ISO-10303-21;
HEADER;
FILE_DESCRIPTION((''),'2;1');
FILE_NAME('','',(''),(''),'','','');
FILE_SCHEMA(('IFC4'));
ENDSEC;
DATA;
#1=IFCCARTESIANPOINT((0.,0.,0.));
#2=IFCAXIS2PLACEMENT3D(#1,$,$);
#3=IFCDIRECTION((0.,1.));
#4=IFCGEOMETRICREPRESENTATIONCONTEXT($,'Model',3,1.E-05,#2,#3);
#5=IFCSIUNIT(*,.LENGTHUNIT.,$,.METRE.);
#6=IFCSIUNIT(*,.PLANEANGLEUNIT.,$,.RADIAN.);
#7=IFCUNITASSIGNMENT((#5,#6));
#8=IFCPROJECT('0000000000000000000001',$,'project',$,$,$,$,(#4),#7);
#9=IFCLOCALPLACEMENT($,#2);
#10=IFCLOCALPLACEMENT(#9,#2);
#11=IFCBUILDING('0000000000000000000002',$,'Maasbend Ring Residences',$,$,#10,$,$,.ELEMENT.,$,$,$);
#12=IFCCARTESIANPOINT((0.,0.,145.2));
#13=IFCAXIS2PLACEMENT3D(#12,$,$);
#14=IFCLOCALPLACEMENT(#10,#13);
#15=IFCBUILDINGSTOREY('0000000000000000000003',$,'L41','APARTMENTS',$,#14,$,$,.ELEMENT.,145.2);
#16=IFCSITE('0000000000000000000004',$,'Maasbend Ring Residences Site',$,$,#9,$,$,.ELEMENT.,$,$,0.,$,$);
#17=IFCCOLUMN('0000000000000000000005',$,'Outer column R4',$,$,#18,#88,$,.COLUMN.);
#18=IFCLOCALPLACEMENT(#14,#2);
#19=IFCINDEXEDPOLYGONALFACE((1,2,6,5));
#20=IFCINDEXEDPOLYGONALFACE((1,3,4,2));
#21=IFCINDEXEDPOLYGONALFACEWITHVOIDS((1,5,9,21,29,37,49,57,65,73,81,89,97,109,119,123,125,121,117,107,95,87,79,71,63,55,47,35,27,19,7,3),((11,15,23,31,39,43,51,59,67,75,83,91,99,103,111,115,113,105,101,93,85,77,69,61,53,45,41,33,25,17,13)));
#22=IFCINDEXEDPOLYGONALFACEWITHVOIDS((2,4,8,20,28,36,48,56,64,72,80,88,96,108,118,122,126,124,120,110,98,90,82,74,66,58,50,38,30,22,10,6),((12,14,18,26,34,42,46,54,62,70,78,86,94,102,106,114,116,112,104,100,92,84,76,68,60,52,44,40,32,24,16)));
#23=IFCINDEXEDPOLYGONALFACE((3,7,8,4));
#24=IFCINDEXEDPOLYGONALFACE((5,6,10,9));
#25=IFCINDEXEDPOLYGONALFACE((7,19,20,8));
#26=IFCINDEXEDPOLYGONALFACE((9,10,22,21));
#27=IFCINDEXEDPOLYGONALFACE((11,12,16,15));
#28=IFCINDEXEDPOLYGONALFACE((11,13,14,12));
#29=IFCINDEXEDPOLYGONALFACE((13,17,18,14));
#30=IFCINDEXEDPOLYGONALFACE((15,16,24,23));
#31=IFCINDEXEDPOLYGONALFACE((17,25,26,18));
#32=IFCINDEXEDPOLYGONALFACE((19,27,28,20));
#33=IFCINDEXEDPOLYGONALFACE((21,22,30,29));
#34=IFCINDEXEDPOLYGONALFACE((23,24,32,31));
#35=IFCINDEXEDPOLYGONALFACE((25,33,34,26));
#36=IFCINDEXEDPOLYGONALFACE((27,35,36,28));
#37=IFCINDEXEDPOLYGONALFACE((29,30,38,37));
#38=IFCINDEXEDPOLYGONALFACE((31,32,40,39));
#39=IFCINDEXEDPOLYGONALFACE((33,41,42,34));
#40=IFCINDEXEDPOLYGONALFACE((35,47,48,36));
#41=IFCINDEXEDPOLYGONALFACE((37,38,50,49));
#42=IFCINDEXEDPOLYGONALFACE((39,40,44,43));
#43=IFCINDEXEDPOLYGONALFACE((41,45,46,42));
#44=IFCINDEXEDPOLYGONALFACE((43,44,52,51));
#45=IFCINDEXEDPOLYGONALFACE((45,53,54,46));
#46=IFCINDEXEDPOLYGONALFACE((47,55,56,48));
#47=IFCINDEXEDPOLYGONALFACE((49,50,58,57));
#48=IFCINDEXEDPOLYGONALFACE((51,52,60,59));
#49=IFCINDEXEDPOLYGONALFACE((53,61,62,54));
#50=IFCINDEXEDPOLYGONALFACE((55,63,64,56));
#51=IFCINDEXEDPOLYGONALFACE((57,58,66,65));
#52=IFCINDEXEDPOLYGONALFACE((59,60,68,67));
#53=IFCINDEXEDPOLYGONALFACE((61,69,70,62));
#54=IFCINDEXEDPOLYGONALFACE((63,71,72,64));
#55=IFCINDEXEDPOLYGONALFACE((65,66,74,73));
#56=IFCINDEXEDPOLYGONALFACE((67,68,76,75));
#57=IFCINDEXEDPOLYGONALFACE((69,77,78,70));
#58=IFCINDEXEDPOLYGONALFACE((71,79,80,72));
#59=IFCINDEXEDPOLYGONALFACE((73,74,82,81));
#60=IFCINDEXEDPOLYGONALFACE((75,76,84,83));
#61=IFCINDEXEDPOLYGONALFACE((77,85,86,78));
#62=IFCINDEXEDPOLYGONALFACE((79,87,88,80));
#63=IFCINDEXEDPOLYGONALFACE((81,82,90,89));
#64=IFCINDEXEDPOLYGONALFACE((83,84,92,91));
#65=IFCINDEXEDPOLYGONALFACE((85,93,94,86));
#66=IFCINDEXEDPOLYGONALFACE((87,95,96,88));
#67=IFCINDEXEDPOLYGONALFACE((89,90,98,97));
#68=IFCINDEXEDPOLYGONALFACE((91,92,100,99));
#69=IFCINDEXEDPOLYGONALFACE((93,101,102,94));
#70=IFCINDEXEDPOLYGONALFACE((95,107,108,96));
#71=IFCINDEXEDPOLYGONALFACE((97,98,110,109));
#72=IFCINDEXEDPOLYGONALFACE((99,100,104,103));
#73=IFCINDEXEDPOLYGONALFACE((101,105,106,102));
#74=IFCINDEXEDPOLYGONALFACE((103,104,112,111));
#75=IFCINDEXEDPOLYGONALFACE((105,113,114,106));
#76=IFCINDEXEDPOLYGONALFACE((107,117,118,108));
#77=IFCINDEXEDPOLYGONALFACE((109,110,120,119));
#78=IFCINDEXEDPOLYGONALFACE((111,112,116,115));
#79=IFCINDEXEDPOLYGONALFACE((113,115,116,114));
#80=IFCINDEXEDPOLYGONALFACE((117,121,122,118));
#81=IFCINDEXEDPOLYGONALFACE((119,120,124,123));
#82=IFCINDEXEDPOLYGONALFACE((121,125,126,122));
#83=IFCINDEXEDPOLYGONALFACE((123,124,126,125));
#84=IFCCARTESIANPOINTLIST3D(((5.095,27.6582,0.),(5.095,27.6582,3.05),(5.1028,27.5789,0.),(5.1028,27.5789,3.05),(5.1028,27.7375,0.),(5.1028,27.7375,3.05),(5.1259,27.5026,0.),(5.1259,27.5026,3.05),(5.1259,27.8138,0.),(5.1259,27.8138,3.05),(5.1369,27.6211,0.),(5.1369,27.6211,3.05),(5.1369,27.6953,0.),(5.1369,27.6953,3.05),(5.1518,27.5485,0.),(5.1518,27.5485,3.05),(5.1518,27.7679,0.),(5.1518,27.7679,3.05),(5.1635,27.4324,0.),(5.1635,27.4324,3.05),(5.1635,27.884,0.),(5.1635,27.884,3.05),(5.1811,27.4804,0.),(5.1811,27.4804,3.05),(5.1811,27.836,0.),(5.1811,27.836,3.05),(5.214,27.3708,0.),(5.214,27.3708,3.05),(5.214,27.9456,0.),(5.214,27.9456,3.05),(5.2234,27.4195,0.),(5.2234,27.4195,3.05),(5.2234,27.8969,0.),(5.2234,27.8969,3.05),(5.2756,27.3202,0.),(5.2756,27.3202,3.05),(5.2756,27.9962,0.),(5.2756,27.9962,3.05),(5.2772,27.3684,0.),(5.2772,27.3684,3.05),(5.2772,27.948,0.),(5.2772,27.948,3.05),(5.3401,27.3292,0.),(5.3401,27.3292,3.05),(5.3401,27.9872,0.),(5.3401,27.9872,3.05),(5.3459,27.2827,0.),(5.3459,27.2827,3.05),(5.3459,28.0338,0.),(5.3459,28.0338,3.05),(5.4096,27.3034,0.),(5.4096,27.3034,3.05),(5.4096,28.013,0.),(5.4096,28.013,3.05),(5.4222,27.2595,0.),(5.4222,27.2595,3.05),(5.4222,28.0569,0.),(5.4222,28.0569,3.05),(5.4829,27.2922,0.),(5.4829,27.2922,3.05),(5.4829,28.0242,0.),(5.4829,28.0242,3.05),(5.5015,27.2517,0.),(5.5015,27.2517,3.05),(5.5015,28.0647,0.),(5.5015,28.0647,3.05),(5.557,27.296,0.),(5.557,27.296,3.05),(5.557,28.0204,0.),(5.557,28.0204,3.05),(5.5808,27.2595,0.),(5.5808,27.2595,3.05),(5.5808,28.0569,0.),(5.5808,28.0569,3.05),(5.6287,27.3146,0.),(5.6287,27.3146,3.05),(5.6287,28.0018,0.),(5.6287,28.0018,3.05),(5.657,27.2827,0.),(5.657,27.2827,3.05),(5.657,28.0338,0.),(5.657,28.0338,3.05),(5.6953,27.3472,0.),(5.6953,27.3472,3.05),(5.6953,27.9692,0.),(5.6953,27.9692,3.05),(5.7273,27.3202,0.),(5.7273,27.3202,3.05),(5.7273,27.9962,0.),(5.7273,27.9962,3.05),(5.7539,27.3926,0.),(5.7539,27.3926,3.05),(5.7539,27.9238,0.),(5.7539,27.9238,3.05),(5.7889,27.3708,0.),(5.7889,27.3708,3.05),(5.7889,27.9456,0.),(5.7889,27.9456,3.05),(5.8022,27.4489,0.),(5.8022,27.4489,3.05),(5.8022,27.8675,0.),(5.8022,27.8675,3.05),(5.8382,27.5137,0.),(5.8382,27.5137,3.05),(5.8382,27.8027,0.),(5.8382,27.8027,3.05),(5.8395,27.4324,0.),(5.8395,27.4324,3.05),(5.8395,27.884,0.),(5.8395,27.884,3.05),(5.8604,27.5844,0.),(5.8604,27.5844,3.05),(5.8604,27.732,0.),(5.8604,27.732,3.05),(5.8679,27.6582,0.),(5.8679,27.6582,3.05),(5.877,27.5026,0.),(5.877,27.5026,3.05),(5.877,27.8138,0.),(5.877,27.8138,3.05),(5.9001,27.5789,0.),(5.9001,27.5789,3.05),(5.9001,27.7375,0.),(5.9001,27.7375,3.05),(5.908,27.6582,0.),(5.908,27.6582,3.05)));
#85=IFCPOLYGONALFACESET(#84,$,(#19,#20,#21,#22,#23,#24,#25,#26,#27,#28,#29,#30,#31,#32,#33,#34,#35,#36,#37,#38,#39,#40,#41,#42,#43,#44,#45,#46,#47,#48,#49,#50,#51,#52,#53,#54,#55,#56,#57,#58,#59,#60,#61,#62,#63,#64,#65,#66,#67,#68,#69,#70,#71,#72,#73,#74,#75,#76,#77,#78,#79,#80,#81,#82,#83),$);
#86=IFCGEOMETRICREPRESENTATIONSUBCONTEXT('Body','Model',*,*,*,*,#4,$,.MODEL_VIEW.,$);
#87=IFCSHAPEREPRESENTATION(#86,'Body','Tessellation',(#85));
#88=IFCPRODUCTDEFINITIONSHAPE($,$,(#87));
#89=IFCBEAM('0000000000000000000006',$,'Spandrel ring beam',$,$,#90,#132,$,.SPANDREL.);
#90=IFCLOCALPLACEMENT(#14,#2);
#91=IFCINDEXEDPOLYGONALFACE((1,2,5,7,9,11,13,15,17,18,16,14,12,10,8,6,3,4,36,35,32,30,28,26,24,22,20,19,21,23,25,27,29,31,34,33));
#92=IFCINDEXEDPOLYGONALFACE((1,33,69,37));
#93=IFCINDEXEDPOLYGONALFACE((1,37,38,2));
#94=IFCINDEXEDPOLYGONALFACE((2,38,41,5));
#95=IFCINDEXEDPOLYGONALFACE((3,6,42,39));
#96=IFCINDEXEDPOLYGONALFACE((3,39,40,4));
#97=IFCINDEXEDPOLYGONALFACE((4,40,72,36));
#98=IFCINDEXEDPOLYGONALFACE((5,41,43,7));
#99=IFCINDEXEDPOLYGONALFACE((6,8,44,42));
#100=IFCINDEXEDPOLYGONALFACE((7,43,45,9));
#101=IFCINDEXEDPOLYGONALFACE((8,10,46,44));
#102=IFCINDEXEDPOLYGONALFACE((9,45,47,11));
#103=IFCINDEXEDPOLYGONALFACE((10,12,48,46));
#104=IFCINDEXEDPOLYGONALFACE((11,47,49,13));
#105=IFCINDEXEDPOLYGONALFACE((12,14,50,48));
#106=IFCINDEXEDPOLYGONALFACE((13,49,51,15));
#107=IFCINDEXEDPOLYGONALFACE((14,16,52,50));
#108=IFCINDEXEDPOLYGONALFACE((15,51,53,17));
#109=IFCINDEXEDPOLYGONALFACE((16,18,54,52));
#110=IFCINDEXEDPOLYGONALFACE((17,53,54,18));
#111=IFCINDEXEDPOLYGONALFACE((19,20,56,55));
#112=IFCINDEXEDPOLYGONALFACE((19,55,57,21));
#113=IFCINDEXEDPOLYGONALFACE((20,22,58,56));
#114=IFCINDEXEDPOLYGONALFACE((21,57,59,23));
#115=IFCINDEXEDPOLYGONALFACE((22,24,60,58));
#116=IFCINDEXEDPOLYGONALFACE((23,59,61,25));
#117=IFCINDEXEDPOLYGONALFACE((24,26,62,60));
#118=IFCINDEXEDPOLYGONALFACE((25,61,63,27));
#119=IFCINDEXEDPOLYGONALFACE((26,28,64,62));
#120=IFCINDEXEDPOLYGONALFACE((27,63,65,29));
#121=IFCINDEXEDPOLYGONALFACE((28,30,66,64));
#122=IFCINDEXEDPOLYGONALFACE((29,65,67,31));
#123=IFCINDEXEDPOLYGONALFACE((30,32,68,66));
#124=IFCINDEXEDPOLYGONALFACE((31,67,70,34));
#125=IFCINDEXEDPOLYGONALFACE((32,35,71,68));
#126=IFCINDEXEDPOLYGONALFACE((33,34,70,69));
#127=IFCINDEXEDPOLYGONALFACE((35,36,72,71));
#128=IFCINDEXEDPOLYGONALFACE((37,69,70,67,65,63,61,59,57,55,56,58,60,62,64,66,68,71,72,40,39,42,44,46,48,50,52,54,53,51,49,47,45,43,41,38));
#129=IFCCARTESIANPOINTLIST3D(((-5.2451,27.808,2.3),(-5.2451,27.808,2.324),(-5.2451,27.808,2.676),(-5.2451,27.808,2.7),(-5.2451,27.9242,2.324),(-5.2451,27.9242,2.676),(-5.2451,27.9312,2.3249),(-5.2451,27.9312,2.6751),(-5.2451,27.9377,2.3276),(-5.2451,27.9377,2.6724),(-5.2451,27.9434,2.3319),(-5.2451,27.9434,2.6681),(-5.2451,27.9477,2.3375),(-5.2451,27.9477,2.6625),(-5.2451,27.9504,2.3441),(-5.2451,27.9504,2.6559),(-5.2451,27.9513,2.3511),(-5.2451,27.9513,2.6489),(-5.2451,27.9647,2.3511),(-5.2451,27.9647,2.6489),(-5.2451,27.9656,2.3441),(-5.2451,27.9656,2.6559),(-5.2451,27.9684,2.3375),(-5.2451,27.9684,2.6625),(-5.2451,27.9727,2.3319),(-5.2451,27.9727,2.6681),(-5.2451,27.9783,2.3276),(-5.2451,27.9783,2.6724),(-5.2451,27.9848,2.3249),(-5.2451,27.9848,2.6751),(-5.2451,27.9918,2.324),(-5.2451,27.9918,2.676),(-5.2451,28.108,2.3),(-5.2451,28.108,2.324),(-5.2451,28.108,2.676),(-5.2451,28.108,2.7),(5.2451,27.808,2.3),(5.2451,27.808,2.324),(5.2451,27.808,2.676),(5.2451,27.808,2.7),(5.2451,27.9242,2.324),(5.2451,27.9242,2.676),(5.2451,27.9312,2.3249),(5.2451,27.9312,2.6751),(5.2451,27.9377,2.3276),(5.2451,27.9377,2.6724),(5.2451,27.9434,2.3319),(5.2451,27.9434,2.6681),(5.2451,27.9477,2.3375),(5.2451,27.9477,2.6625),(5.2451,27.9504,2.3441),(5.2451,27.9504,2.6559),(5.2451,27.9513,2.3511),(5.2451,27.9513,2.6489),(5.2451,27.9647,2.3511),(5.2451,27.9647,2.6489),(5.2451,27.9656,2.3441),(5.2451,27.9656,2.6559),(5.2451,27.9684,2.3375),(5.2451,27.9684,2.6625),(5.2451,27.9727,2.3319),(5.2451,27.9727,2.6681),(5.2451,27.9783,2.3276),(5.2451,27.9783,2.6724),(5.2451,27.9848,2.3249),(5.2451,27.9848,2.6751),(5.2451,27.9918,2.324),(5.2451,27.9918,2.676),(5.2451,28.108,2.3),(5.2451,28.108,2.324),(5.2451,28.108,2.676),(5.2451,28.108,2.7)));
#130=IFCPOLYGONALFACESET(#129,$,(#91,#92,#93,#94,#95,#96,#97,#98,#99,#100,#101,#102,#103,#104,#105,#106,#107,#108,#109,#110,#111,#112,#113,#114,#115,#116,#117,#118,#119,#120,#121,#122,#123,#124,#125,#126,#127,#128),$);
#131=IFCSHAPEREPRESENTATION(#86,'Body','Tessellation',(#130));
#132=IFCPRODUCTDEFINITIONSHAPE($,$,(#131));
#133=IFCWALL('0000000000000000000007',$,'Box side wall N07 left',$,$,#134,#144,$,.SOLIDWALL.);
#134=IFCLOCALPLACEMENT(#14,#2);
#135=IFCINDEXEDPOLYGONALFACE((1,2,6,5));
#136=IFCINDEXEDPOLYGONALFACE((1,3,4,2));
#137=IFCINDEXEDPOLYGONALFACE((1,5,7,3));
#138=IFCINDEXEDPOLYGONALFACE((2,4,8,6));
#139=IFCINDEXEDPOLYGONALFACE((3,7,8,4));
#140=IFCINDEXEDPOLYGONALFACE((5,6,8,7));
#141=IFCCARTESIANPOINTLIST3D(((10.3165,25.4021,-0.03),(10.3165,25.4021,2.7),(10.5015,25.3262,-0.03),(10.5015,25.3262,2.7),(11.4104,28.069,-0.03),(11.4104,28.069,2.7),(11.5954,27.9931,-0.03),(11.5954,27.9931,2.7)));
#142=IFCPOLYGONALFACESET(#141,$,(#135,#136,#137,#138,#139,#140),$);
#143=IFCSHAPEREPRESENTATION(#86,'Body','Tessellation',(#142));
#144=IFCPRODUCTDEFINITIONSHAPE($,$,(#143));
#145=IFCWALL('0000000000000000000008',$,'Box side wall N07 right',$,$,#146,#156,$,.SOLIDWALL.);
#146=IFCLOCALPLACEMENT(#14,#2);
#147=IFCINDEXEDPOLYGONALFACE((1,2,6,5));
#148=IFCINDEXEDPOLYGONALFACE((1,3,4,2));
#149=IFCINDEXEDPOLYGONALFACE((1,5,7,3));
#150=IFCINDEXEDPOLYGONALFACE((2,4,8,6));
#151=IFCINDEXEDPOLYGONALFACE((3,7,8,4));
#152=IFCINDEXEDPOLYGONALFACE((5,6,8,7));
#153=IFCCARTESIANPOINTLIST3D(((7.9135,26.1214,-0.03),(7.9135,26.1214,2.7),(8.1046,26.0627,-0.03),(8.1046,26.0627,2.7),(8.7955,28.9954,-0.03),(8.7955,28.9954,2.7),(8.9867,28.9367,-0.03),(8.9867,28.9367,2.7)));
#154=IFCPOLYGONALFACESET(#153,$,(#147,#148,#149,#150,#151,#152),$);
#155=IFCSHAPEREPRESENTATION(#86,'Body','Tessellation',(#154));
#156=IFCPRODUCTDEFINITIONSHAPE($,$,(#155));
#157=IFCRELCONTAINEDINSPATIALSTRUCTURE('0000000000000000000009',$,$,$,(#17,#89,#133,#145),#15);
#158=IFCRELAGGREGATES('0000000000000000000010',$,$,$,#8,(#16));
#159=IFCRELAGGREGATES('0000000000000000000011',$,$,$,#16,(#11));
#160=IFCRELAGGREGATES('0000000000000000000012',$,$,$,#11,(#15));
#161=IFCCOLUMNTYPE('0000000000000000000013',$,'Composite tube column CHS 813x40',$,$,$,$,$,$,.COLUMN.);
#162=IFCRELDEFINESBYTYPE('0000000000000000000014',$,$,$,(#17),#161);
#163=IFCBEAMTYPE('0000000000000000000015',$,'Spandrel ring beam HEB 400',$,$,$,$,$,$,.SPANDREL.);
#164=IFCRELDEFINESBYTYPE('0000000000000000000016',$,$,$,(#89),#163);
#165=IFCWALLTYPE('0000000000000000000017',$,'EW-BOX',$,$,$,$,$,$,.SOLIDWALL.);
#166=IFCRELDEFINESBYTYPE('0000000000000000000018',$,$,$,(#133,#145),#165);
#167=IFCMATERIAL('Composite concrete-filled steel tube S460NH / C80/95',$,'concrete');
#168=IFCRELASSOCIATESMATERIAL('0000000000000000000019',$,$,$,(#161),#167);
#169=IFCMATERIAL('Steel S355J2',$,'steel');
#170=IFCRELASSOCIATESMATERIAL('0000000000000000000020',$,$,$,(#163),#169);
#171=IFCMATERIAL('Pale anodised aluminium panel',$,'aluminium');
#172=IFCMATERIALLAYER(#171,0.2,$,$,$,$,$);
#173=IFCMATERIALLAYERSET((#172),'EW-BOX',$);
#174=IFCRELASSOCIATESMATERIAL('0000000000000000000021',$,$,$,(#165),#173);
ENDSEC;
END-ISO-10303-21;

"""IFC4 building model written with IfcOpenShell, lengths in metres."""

from ifc_helpers import new_model, si_unit, direction, frame, frame_2d, origin, origin_2d, place, context, subcontext, project, spatial, rectangle, hollow_circle, i_section, extrude, material, layer, layer_set, material_profile, profile_set, type_object, element, save


model = new_model("IFC4")

# Units and contexts
model_context = context("Model", 3, precision=1e-05, world=origin(), true_north=direction((0.0, 1.0)))
body_context = subcontext(model_context, "Body", "Model", "MODEL_VIEW")
ifc_project = project(units=[si_unit("LENGTHUNIT", "METRE"), si_unit("PLANEANGLEUNIT", "RADIAN")], contexts=[model_context])

# Site, building, storey
site_placement = place(None, origin())
site = spatial("IfcSite", under=ifc_project, at=site_placement, Name="Maasbend Ring Residences Site", CompositionType="ELEMENT", RefElevation=0.0)
building_placement = place(site_placement, origin())
building = spatial("IfcBuilding", under=site, at=building_placement, Name="Maasbend Ring Residences", CompositionType="ELEMENT")
storey_placement = place(building_placement, frame((0.0, 0.0, 145.2)))
storey = spatial("IfcBuildingStorey", under=building, at=storey_placement, Name="L41", Description="APARTMENTS", CompositionType="ELEMENT", Elevation=145.2)

# Column
ifc_material_1 = material(Name="Composite concrete-filled steel tube S460NH / C80/95", Category="concrete")
ifc_material_profile_1 = material_profile(ifc_material_1, hollow_circle(Radius=0.4065, WallThickness=0.04, at=origin_2d()), Name="Composite tube column CHS 813x40")
ifc_profile_set_1 = profile_set([ifc_material_profile_1], Name="Composite concrete-filled steel tube S460NH / C80/95")
column_type = type_object("IfcColumnType", Name="Composite tube column CHS 813x40", PredefinedType="COLUMN", material=ifc_profile_set_1)
column_placement = place(storey_placement, frame((5.5015, 27.6582, 0.0), z_axis=(0.0, 0.0, 1.0), x_axis=(1.0, 0.0, 0.0)))
element("IfcColumn", 1, at=column_placement, inside=storey, type_object=column_type, Name="Outer column R4", PredefinedType="COLUMN", context=body_context, shape_type="SweptSolid", body=[
    extrude(hollow_circle(Radius=0.4065, WallThickness=0.04, at=origin_2d()), origin(), (0.0, 0.0, 1.0), 3.05),
])

# Beam
ifc_material_2 = material(Name="Steel S355J2", Category="steel")
ifc_material_profile_2 = material_profile(ifc_material_2, i_section(OverallWidth=0.3, OverallDepth=0.3999, WebThickness=0.0134, FlangeThickness=0.0239, FilletRadius=0.0271, at=origin_2d()), Name="HEB 400")
ifc_profile_set_2 = profile_set([ifc_material_profile_2], Name="Steel S355J2")
beam_type = type_object("IfcBeamType", Name="Spandrel ring beam HEB 400", PredefinedType="SPANDREL", material=ifc_profile_set_2)
beam_placement = place(storey_placement, frame((5.2451, 27.958, 2.5), z_axis=(-1.0, 0.0, 0.0), x_axis=(0.0, -1.0, 0.0)))
element("IfcBeam", 2, at=beam_placement, inside=storey, type_object=beam_type, Name="Spandrel ring beam", PredefinedType="SPANDREL", context=body_context, shape_type="SweptSolid", body=[
    extrude(i_section(OverallWidth=0.3, OverallDepth=0.3999, WebThickness=0.0134, FlangeThickness=0.0239, FilletRadius=0.0271, at=origin_2d()), origin(), (0.0, 0.0, 1.0), 10.4902),
])

# Walls
ifc_material_3 = material(Name="Pale anodised aluminium panel", Category="aluminium")
ifc_layer_1 = layer(ifc_material_3, 0.2)
ifc_layer_set_1 = layer_set([ifc_layer_1], Name="EW-BOX")
wall_type_1 = type_object("IfcWallType", Name="EW-BOX", PredefinedType="SOLIDWALL", material=ifc_layer_set_1)
wall_1_placement = place(storey_placement, frame((10.4089, 25.364, -0.03), z_axis=(0.0, 0.0, 1.0), x_axis=(0.37951, 0.925188, 0.0)))
element("IfcWall", 3, at=wall_1_placement, inside=storey, type_object=wall_type_1, Name="Box side wall N07 left", PredefinedType="SOLIDWALL", context=body_context, shape_type="SweptSolid", body=[
    extrude(rectangle(XDim=2.8826, YDim=0.2, at=frame_2d((1.4414, 0.0))), origin(), (0.0, 0.0, 1.0), 2.73),
])
wall_2_placement = place(storey_placement, frame((8.009, 26.092, -0.03), z_axis=(0.0, 0.0, 1.0), x_axis=(0.293407, 0.955988, 0.0)))
element("IfcWall", 4, at=wall_2_placement, inside=storey, type_object=wall_type_1, Name="Box side wall N07 right", PredefinedType="SOLIDWALL", context=body_context, shape_type="SweptSolid", body=[
    extrude(rectangle(XDim=3.0063, YDim=0.2, at=frame_2d((1.5032, 0.0))), origin(), (0.0, 0.0, 1.0), 2.73),
])

save(model, "model.ifc")
